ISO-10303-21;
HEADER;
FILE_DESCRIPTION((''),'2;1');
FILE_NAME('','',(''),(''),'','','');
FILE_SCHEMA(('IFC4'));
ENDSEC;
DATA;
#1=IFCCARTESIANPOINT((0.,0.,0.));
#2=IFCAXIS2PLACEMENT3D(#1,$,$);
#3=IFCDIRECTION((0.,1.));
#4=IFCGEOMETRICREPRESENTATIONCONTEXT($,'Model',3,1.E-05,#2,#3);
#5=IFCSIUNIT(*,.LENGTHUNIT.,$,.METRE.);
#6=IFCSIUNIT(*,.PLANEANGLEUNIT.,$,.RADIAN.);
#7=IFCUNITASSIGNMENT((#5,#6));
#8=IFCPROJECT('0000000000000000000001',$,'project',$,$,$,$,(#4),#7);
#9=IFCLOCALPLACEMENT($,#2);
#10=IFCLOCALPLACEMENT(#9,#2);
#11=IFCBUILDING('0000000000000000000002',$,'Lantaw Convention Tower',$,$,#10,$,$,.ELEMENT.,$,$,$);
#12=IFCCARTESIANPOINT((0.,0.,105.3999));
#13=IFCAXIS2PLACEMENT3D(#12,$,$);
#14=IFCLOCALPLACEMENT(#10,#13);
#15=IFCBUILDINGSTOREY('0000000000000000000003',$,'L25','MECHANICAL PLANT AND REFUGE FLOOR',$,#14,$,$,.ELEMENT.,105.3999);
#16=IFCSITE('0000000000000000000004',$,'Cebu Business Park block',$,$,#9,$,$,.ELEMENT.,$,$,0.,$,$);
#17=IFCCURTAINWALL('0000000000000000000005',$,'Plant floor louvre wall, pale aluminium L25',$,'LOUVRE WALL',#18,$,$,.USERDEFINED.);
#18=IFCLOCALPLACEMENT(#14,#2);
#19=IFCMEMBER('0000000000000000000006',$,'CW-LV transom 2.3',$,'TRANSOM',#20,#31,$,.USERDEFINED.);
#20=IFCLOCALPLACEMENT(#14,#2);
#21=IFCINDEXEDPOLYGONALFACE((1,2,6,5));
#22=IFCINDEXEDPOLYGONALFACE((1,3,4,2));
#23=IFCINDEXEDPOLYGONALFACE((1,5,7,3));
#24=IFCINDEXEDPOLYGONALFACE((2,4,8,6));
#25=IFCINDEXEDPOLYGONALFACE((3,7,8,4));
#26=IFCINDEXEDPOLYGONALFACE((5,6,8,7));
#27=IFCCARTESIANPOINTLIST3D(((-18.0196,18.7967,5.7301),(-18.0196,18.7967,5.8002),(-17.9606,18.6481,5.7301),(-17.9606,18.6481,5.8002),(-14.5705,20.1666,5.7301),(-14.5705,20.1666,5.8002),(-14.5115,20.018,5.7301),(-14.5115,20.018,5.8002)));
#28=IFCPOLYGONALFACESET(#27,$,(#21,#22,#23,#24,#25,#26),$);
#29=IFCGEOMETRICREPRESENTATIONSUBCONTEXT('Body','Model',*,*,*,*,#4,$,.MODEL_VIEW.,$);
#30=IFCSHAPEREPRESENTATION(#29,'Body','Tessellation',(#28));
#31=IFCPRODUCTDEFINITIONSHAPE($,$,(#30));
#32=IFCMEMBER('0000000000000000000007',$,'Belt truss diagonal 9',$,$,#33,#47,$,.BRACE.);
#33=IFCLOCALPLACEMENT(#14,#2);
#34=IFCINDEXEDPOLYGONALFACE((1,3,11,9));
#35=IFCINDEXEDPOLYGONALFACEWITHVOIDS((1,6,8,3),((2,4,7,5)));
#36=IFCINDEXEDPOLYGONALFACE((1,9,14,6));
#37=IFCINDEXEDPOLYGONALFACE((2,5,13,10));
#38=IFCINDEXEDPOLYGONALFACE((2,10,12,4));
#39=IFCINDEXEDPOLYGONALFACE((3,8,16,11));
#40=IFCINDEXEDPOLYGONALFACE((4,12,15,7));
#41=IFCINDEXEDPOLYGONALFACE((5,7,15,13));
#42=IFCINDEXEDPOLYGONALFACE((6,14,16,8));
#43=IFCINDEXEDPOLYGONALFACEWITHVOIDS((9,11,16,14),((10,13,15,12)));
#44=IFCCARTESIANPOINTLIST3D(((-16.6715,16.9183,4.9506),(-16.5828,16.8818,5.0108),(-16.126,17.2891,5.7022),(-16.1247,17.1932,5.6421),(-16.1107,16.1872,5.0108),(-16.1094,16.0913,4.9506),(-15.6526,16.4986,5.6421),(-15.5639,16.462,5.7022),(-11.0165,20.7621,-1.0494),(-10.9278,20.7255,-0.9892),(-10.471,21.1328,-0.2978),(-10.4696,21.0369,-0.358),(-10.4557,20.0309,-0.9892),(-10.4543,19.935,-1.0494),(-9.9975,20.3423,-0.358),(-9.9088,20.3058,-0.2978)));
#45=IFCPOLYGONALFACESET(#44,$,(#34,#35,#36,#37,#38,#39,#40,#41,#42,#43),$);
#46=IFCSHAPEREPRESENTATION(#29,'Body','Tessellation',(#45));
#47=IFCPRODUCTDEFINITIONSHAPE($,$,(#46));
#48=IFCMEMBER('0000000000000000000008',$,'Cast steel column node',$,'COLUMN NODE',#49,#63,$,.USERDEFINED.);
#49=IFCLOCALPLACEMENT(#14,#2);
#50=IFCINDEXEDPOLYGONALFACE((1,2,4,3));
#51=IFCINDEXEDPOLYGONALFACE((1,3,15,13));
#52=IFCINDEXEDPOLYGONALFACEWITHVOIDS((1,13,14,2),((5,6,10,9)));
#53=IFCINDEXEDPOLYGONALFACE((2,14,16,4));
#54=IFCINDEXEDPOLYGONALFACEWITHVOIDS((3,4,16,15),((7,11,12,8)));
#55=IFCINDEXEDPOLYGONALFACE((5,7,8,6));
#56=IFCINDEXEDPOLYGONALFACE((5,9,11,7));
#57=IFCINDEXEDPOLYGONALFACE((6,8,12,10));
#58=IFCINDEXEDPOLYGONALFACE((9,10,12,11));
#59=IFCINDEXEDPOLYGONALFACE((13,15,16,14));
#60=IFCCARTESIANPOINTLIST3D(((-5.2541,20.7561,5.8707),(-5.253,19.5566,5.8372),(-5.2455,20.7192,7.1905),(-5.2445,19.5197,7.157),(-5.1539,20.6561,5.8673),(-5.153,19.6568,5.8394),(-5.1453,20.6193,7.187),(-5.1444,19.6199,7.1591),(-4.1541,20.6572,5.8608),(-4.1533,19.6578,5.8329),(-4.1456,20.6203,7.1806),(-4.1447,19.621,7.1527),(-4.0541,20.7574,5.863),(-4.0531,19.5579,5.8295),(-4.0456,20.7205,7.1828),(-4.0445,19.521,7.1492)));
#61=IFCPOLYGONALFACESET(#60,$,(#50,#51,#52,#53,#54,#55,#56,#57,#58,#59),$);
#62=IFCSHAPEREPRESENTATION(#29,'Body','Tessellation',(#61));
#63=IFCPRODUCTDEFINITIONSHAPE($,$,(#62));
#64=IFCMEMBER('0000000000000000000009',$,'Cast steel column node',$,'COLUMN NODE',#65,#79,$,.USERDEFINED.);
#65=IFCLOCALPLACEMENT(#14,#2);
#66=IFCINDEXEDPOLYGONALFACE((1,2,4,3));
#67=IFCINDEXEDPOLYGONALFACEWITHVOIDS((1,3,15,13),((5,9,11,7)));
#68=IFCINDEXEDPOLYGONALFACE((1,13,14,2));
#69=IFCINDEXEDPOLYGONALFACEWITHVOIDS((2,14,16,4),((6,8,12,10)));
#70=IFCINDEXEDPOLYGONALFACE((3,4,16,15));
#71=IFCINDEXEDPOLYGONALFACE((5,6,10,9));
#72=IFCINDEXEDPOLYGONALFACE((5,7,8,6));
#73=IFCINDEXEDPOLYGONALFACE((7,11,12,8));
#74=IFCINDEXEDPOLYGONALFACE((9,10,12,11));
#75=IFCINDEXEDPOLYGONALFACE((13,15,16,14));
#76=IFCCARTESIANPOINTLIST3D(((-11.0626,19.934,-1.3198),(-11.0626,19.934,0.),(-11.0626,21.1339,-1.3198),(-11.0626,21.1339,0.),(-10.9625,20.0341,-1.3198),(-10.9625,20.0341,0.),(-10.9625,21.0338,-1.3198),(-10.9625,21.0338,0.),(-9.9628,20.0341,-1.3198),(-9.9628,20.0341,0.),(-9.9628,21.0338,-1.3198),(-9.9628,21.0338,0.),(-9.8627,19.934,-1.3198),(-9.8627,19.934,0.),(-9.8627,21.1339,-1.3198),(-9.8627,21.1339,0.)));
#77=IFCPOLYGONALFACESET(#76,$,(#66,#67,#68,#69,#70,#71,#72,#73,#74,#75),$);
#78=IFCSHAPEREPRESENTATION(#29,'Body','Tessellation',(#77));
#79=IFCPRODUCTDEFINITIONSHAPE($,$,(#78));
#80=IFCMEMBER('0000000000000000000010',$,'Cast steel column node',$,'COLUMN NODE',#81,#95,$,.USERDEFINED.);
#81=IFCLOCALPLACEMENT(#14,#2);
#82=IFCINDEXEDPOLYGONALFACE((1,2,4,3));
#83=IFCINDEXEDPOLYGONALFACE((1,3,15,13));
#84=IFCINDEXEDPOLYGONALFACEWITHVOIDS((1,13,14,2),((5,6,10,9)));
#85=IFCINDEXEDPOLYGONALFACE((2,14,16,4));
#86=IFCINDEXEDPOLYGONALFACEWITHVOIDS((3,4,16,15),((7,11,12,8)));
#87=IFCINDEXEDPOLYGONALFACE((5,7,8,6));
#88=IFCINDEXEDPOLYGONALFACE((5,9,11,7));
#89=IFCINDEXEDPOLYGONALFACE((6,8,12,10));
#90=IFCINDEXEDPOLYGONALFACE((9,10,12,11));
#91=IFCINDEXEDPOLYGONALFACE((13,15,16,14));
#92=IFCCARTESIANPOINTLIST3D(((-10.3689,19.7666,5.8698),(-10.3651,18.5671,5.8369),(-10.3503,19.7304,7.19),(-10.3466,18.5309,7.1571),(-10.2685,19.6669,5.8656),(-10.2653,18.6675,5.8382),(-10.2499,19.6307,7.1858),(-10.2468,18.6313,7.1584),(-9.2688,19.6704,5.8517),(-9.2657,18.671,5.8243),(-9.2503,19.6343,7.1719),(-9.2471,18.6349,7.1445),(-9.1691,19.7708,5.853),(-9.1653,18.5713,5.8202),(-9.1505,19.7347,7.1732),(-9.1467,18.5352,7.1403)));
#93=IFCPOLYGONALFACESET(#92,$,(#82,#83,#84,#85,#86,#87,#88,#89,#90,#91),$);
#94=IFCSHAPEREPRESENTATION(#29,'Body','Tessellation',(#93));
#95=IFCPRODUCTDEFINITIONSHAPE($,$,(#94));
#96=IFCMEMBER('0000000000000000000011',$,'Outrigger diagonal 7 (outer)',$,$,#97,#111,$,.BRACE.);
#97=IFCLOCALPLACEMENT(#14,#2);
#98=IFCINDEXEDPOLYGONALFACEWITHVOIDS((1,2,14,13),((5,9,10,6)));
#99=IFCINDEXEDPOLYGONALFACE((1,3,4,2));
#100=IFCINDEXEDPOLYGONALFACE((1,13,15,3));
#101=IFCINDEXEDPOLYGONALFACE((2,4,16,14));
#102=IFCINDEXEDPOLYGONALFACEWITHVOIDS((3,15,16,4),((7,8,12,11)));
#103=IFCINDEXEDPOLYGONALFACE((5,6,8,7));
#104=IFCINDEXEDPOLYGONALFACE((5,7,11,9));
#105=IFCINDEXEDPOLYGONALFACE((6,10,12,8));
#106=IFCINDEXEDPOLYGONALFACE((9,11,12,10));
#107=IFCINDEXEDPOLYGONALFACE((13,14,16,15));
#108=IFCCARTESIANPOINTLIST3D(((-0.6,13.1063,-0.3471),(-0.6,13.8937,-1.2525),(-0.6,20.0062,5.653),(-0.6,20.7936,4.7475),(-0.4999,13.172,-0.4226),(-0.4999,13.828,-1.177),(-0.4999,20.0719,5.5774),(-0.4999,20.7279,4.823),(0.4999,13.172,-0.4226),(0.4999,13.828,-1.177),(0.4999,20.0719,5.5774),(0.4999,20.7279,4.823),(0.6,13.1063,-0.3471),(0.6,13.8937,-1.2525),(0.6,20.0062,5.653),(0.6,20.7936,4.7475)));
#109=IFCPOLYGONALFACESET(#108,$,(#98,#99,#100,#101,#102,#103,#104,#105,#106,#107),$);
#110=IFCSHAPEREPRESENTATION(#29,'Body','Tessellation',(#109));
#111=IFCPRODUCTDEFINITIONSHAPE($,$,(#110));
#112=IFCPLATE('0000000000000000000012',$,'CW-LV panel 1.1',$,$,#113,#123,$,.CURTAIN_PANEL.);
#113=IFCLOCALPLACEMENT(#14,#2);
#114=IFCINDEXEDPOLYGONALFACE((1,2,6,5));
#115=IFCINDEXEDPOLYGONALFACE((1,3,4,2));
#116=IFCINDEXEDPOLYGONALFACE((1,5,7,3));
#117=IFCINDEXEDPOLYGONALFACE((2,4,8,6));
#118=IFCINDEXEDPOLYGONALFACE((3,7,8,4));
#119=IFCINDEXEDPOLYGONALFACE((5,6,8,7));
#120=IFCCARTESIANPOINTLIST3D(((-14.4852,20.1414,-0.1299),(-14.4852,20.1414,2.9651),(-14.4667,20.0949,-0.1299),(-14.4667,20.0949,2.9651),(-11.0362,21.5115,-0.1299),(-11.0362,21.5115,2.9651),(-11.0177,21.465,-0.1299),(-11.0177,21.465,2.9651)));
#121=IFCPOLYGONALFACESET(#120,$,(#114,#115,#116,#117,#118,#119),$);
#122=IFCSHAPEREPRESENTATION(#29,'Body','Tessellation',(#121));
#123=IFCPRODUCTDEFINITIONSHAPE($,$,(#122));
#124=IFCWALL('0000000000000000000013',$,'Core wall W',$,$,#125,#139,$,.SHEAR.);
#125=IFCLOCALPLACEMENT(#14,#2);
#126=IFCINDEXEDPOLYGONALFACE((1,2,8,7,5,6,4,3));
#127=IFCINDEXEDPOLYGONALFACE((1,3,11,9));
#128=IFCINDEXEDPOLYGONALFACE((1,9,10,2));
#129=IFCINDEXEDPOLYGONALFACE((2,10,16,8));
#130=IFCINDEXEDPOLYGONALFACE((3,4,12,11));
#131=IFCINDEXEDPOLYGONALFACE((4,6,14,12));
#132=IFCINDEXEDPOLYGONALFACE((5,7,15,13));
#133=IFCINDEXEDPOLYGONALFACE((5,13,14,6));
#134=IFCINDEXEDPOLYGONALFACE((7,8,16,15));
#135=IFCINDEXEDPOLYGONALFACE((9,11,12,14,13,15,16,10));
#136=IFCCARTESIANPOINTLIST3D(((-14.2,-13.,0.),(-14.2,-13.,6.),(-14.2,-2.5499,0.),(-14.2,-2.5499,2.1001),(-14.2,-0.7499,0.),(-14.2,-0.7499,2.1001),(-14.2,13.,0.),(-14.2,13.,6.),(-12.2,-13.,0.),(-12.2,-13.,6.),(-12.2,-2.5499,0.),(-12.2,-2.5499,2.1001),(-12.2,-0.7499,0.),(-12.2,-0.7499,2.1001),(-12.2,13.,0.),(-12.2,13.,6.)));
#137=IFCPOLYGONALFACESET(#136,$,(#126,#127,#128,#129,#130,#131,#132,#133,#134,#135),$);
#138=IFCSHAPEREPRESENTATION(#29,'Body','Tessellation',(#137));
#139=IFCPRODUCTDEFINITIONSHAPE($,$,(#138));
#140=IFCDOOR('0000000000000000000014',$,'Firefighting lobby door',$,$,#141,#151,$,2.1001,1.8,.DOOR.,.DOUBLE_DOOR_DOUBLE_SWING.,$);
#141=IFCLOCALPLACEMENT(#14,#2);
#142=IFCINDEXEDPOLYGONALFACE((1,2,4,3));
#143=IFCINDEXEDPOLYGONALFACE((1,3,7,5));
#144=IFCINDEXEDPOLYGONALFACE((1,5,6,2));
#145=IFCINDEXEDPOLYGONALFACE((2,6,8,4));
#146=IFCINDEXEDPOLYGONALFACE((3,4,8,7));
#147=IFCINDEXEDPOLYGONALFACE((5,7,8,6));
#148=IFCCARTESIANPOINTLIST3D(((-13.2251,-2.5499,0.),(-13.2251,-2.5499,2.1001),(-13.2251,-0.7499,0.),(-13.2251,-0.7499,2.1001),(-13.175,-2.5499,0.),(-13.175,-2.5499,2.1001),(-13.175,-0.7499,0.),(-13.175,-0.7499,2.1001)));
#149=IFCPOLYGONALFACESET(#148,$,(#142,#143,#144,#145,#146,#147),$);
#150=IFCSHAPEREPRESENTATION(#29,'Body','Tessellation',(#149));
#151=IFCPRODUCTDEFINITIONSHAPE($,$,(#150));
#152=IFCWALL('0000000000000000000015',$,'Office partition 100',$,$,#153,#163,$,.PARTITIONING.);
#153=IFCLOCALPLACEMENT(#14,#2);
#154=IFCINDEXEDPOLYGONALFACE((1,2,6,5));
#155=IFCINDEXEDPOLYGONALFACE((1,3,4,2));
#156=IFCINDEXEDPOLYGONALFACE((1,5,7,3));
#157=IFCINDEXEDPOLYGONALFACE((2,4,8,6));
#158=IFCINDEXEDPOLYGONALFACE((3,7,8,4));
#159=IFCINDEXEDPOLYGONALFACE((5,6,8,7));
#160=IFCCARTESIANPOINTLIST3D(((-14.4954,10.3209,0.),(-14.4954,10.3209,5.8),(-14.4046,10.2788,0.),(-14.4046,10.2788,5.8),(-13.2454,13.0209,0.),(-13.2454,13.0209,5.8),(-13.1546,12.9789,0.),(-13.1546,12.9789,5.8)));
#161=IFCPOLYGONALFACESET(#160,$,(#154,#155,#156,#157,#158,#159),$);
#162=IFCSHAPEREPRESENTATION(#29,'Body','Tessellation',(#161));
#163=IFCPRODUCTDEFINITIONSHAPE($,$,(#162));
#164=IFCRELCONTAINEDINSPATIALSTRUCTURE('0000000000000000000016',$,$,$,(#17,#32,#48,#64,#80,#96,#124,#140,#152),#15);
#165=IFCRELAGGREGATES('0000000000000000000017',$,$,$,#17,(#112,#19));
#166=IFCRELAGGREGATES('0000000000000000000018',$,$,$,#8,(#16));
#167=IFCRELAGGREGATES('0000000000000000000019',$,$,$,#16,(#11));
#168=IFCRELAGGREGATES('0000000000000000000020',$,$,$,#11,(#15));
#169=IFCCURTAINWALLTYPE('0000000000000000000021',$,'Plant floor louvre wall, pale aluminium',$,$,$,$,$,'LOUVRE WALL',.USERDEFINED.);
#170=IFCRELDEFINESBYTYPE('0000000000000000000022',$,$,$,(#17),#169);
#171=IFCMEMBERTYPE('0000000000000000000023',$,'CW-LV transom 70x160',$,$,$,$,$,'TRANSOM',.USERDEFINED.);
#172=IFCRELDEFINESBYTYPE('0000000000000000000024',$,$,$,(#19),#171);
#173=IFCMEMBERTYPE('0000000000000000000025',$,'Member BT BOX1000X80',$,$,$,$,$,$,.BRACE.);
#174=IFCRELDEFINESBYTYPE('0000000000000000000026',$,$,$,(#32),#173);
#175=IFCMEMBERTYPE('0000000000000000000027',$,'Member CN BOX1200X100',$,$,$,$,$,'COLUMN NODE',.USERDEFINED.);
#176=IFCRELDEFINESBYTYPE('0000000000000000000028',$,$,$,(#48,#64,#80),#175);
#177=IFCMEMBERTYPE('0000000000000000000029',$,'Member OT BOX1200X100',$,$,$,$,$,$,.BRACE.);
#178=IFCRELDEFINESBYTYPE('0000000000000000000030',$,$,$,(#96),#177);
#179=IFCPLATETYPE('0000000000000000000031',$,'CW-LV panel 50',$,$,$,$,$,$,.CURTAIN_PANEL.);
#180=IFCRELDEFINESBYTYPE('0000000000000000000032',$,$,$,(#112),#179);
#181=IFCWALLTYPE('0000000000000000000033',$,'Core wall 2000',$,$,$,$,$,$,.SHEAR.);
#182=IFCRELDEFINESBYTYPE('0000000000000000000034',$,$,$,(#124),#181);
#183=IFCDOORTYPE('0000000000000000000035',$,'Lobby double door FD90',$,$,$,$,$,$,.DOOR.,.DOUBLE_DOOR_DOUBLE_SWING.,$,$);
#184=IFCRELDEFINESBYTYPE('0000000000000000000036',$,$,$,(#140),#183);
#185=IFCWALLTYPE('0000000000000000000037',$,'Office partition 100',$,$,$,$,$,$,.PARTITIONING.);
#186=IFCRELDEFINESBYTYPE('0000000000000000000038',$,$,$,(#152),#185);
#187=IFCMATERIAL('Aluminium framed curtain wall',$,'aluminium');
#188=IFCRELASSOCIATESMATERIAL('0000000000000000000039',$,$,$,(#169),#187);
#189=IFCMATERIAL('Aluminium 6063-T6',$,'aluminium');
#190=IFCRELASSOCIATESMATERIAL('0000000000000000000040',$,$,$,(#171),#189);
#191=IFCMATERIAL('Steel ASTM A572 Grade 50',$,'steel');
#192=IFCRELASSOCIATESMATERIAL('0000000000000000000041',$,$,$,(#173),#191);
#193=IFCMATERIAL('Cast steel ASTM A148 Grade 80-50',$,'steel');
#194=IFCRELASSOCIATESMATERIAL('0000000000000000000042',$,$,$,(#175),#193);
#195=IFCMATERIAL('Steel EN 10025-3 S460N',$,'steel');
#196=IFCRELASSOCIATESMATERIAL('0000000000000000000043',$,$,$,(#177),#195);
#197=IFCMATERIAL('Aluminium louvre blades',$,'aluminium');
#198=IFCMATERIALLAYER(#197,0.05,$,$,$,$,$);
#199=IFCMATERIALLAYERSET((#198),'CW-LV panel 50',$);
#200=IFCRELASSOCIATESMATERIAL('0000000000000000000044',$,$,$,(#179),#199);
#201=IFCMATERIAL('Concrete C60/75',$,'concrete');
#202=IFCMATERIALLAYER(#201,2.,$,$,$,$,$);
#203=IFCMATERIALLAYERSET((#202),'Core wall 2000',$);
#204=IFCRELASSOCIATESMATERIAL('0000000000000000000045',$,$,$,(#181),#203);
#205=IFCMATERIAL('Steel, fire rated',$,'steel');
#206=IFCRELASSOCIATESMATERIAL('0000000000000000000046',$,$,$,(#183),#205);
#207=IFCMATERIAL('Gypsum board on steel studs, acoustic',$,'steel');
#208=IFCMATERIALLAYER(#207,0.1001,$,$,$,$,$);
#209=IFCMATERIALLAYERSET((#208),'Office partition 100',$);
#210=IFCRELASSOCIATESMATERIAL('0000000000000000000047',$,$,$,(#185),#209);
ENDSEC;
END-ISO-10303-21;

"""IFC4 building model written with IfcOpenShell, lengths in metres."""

from ifc_helpers import new_model, si_unit, direction, frame, frame_2d, origin, origin_2d, place, context, subcontext, project, spatial, rectangle, hollow_rectangle, extrude, material, layer, layer_set, material_profile, profile_set, type_object, element, fill, aggregate, save


model = new_model("IFC4")

# Units and contexts
model_context = context("Model", 3, precision=1e-05, world=origin(), true_north=direction((0.0, 1.0)))
body_context = subcontext(model_context, "Body", "Model", "MODEL_VIEW")
ifc_project = project(units=[si_unit("LENGTHUNIT", "METRE"), si_unit("PLANEANGLEUNIT", "RADIAN")], contexts=[model_context])

# Site, building, storey
site_placement = place(None, origin())
site = spatial("IfcSite", under=ifc_project, at=site_placement, Name="Cebu Business Park block", CompositionType="ELEMENT", RefElevation=0.0)
building_placement = place(site_placement, origin())
building = spatial("IfcBuilding", under=site, at=building_placement, Name="Lantaw Convention Tower", CompositionType="ELEMENT")
storey_placement = place(building_placement, frame((0.0, 0.0, 105.3999)))
storey = spatial("IfcBuildingStorey", under=building, at=storey_placement, Name="L25", Description="MECHANICAL PLANT AND REFUGE FLOOR", CompositionType="ELEMENT", Elevation=105.3999)

# Shared definitions
ifc_material_1 = material(Name="Steel EN 10025-3 S460N", Category="steel")
ifc_material_2 = material(Name="Concrete C60/75", Category="concrete")

# Curtain wall, member
ifc_material_3 = material(Name="Aluminium framed curtain wall", Category="aluminium")
curtain_wall_type = type_object("IfcCurtainWallType", Name="Plant floor louvre wall, pale aluminium", ElementType="LOUVRE WALL", PredefinedType="USERDEFINED", material=ifc_material_3)
curtain_wall_placement = place(storey_placement, origin())
curtain_wall = element("IfcCurtainWall", 1, at=curtain_wall_placement, inside=storey, type_object=curtain_wall_type, Name="Plant floor louvre wall, pale aluminium L25", ObjectType="LOUVRE WALL", PredefinedType="USERDEFINED")
ifc_material_4 = material(Name="Aluminium 6063-T6", Category="aluminium")
ifc_material_profile_1 = material_profile(ifc_material_4, rectangle(XDim=0.1599, YDim=0.0701, at=origin_2d()), Name="CW-LV transom 70x160")
ifc_profile_set_1 = profile_set([ifc_material_profile_1], Name="Aluminium 6063-T6")
member_type_1 = type_object("IfcMemberType", Name="CW-LV transom 70x160", ElementType="TRANSOM", PredefinedType="USERDEFINED", material=ifc_profile_set_1)
member_1_placement = place(storey_placement, frame((-14.541, 20.0923, 5.7651), z_axis=(-0.929377, -0.369132, 0.0), x_axis=(0.369132, -0.929377, 0.0)))
member_1 = element("IfcMember", 2, at=member_1_placement, type_object=member_type_1, Name="CW-LV transom 2.3", ObjectType="TRANSOM", PredefinedType="USERDEFINED", context=body_context, shape_type="SweptSolid", body=[
    extrude(rectangle(XDim=0.1599, YDim=0.0701, at=origin_2d()), origin(), (0.0, 0.0, 1.0), 3.7112),
])

# Members
ifc_material_5 = material(Name="Steel ASTM A572 Grade 50", Category="steel")
ifc_material_profile_2 = material_profile(ifc_material_5, hollow_rectangle(XDim=1.0, YDim=1.0, WallThickness=0.0801, at=origin_2d()), Name="BOX1000X80")
ifc_profile_set_2 = profile_set([ifc_material_profile_2], Name="Steel ASTM A572 Grade 50")
member_type_2 = type_object("IfcMemberType", Name="Member BT BOX1000X80", PredefinedType="BRACE", material=ifc_profile_set_2)
member_2_placement = place(storey_placement, frame((-10.4626, 20.5339, -0.6736), z_axis=(-0.621643, -0.422534, 0.659565), x_axis=(0.562143, -0.82704, 0.0)))
element("IfcMember", 3, at=member_2_placement, inside=storey, type_object=member_type_2, Name="Belt truss diagonal 9", PredefinedType="BRACE", context=body_context, shape_type="SweptSolid", body=[
    extrude(hollow_rectangle(XDim=1.0, YDim=1.0, WallThickness=0.0801, at=origin_2d()), origin(), (0.0, 0.0, 1.0), 9.0969),
])
ifc_material_6 = material(Name="Cast steel ASTM A148 Grade 80-50", Category="steel")
ifc_material_profile_3 = material_profile(ifc_material_6, hollow_rectangle(XDim=1.2, YDim=1.2, WallThickness=0.1001, at=origin_2d()), Name="BOX1200X100")
ifc_profile_set_3 = profile_set([ifc_material_profile_3], Name="Cast steel ASTM A148 Grade 80-50")
member_type_3 = type_object("IfcMemberType", Name="Member CN BOX1200X100", ElementType="COLUMN NODE", PredefinedType="USERDEFINED", material=ifc_profile_set_3)
member_3_placement = place(storey_placement, frame((-4.6536, 20.157, 5.8501), z_axis=(0.006472, -0.02792, 0.999589), x_axis=(0.999979, 0.001061, -0.006445)))
element("IfcMember", 4, at=member_3_placement, inside=storey, type_object=member_type_3, Name="Cast steel column node", ObjectType="COLUMN NODE", PredefinedType="USERDEFINED", context=body_context, shape_type="SweptSolid", body=[
    extrude(hollow_rectangle(XDim=1.2, YDim=1.2, WallThickness=0.1001, at=origin_2d()), origin(), (0.0, 0.0, 1.0), 1.3203),
])
member_4_placement = place(storey_placement, frame((-10.4626, 20.5339, -1.3198), z_axis=(0.0, 0.0, 1.0), x_axis=(1.0, 0.0, 0.0)))
element("IfcMember", 5, at=member_4_placement, inside=storey, type_object=member_type_3, Name="Cast steel column node", ObjectType="COLUMN NODE", PredefinedType="USERDEFINED", context=body_context, shape_type="SweptSolid", body=[
    extrude(hollow_rectangle(XDim=1.2, YDim=1.2, WallThickness=0.1001, at=origin_2d()), origin(), (0.0, 0.0, 1.0), 1.3198),
])
member_5_placement = place(storey_placement, frame((-9.7671, 19.1689, 5.845), z_axis=(0.014049, -0.027359, 0.999527), x_axis=(0.999896, 0.003545, -0.013957)))
element("IfcMember", 6, at=member_5_placement, inside=storey, type_object=member_type_3, Name="Cast steel column node", ObjectType="COLUMN NODE", PredefinedType="USERDEFINED", context=body_context, shape_type="SweptSolid", body=[
    extrude(hollow_rectangle(XDim=1.2, YDim=1.2, WallThickness=0.1001, at=origin_2d()), origin(), (0.0, 0.0, 1.0), 1.3208),
])
ifc_material_profile_4 = material_profile(ifc_material_1, hollow_rectangle(XDim=1.2, YDim=1.2, WallThickness=0.1001, at=origin_2d()), Name="BOX1200X100")
ifc_profile_set_4 = profile_set([ifc_material_profile_4], Name="Steel EN 10025-3 S460N")
member_type_4 = type_object("IfcMemberType", Name="Member OT BOX1200X100", PredefinedType="BRACE", material=ifc_profile_set_4)
member_6_placement = place(storey_placement, frame((0.0, 13.5, -0.7998), z_axis=(0.0, 0.754601, 0.656184), x_axis=(-1.0, 0.0, 0.0)))
element("IfcMember", 7, at=member_6_placement, inside=storey, type_object=member_type_4, Name="Outrigger diagonal 7 (outer)", PredefinedType="BRACE", context=body_context, shape_type="SweptSolid", body=[
    extrude(hollow_rectangle(XDim=1.2, YDim=1.2, WallThickness=0.1001, at=origin_2d()), origin(), (0.0, 0.0, 1.0), 9.1438),
])

# Plate
ifc_material_7 = material(Name="Aluminium louvre blades", Category="aluminium")
ifc_layer_1 = layer(ifc_material_7, 0.05)
ifc_layer_set_1 = layer_set([ifc_layer_1], Name="CW-LV panel 50")
plate_type = type_object("IfcPlateType", Name="CW-LV panel 50", PredefinedType="CURTAIN_PANEL", material=ifc_layer_set_1)
plate_placement = place(storey_placement, frame((-12.7515, 20.8032, -0.1299), z_axis=(0.0, 0.0, 1.0), x_axis=(-0.929361, -0.369172, 0.0)))
plate = element("IfcPlate", 8, at=plate_placement, type_object=plate_type, Name="CW-LV panel 1.1", PredefinedType="CURTAIN_PANEL", context=body_context, shape_type="SweptSolid", body=[
    extrude(rectangle(XDim=3.7112, YDim=0.05, at=origin_2d()), origin(), (0.0, 0.0, 1.0), 3.095),
])
aggregate(curtain_wall, [plate, member_1])

# Wall, opening, door
ifc_layer_2 = layer(ifc_material_2, 2.0)
ifc_layer_set_2 = layer_set([ifc_layer_2], Name="Core wall 2000")
wall_type_1 = type_object("IfcWallType", Name="Core wall 2000", PredefinedType="SHEAR", material=ifc_layer_set_2)
wall_1_placement = place(storey_placement, frame((-13.2, 13.0, 0.0), z_axis=(0.0, 0.0, 1.0), x_axis=(0.0, -1.0, 0.0)))
wall_1 = element("IfcWall", 9, at=wall_1_placement, inside=storey, type_object=wall_type_1, Name="Core wall W", PredefinedType="SHEAR", context=body_context, shape_type="SweptSolid", body=[
    extrude(rectangle(XDim=26.0, YDim=2.0, at=frame_2d((13.0, 0.0))), origin(), (0.0, 0.0, 1.0), 6.0),
])
opening_placement = place(wall_1_placement, frame((13.75, 0.0, 0.0)))
opening = element("IfcOpeningElement", 10, at=opening_placement, cuts=wall_1, PredefinedType="OPENING", context=body_context, shape_type="SweptSolid", body=[
    extrude(rectangle(XDim=1.8, YDim=2.1001, at=frame_2d((0.8999, 1.05))), frame((0.0, 1.01, 0.0), z_axis=(0.0, -1.0, 0.0), x_axis=(1.0, 0.0, 0.0)), (0.0, 0.0, 1.0), 2.02),
])
ifc_material_8 = material(Name="Steel, fire rated", Category="steel")
door_type = type_object("IfcDoorType", Name="Lobby double door FD90", OperationType="DOUBLE_DOOR_DOUBLE_SWING", PredefinedType="DOOR", material=ifc_material_8)
door_placement = place(opening_placement, origin())
door = element("IfcDoor", 11, at=door_placement, inside=storey, type_object=door_type, Name="Firefighting lobby door", OperationType="DOUBLE_DOOR_DOUBLE_SWING", OverallHeight=2.1001, OverallWidth=1.8, PredefinedType="DOOR", context=body_context, shape_type="SweptSolid", body=[
    extrude(rectangle(XDim=1.8, YDim=2.1001, at=frame_2d((0.8999, 1.05))), frame((0.0, 0.0249, 0.0), z_axis=(0.0, -1.0, 0.0), x_axis=(1.0, 0.0, 0.0)), (0.0, 0.0, 1.0), 0.05),
])
fill(opening, door)

# Wall
ifc_material_9 = material(Name="Gypsum board on steel studs, acoustic", Category="steel")
ifc_layer_3 = layer(ifc_material_9, 0.1001)
ifc_layer_set_3 = layer_set([ifc_layer_3], Name="Office partition 100")
wall_type_2 = type_object("IfcWallType", Name="Office partition 100", PredefinedType="PARTITIONING", material=ifc_layer_set_3)
wall_2_placement = place(storey_placement, frame((-13.2, 13.0, 0.0), z_axis=(0.0, 0.0, 1.0), x_axis=(-0.42013, -0.907464, 0.0)))
element("IfcWall", 12, at=wall_2_placement, inside=storey, type_object=wall_type_2, Name="Office partition 100", PredefinedType="PARTITIONING", context=body_context, shape_type="SweptSolid", body=[
    extrude(rectangle(XDim=2.9753, YDim=0.1001, at=frame_2d((1.4878, 0.0))), origin(), (0.0, 0.0, 1.0), 5.8),
])

save(model, "model.ifc")
